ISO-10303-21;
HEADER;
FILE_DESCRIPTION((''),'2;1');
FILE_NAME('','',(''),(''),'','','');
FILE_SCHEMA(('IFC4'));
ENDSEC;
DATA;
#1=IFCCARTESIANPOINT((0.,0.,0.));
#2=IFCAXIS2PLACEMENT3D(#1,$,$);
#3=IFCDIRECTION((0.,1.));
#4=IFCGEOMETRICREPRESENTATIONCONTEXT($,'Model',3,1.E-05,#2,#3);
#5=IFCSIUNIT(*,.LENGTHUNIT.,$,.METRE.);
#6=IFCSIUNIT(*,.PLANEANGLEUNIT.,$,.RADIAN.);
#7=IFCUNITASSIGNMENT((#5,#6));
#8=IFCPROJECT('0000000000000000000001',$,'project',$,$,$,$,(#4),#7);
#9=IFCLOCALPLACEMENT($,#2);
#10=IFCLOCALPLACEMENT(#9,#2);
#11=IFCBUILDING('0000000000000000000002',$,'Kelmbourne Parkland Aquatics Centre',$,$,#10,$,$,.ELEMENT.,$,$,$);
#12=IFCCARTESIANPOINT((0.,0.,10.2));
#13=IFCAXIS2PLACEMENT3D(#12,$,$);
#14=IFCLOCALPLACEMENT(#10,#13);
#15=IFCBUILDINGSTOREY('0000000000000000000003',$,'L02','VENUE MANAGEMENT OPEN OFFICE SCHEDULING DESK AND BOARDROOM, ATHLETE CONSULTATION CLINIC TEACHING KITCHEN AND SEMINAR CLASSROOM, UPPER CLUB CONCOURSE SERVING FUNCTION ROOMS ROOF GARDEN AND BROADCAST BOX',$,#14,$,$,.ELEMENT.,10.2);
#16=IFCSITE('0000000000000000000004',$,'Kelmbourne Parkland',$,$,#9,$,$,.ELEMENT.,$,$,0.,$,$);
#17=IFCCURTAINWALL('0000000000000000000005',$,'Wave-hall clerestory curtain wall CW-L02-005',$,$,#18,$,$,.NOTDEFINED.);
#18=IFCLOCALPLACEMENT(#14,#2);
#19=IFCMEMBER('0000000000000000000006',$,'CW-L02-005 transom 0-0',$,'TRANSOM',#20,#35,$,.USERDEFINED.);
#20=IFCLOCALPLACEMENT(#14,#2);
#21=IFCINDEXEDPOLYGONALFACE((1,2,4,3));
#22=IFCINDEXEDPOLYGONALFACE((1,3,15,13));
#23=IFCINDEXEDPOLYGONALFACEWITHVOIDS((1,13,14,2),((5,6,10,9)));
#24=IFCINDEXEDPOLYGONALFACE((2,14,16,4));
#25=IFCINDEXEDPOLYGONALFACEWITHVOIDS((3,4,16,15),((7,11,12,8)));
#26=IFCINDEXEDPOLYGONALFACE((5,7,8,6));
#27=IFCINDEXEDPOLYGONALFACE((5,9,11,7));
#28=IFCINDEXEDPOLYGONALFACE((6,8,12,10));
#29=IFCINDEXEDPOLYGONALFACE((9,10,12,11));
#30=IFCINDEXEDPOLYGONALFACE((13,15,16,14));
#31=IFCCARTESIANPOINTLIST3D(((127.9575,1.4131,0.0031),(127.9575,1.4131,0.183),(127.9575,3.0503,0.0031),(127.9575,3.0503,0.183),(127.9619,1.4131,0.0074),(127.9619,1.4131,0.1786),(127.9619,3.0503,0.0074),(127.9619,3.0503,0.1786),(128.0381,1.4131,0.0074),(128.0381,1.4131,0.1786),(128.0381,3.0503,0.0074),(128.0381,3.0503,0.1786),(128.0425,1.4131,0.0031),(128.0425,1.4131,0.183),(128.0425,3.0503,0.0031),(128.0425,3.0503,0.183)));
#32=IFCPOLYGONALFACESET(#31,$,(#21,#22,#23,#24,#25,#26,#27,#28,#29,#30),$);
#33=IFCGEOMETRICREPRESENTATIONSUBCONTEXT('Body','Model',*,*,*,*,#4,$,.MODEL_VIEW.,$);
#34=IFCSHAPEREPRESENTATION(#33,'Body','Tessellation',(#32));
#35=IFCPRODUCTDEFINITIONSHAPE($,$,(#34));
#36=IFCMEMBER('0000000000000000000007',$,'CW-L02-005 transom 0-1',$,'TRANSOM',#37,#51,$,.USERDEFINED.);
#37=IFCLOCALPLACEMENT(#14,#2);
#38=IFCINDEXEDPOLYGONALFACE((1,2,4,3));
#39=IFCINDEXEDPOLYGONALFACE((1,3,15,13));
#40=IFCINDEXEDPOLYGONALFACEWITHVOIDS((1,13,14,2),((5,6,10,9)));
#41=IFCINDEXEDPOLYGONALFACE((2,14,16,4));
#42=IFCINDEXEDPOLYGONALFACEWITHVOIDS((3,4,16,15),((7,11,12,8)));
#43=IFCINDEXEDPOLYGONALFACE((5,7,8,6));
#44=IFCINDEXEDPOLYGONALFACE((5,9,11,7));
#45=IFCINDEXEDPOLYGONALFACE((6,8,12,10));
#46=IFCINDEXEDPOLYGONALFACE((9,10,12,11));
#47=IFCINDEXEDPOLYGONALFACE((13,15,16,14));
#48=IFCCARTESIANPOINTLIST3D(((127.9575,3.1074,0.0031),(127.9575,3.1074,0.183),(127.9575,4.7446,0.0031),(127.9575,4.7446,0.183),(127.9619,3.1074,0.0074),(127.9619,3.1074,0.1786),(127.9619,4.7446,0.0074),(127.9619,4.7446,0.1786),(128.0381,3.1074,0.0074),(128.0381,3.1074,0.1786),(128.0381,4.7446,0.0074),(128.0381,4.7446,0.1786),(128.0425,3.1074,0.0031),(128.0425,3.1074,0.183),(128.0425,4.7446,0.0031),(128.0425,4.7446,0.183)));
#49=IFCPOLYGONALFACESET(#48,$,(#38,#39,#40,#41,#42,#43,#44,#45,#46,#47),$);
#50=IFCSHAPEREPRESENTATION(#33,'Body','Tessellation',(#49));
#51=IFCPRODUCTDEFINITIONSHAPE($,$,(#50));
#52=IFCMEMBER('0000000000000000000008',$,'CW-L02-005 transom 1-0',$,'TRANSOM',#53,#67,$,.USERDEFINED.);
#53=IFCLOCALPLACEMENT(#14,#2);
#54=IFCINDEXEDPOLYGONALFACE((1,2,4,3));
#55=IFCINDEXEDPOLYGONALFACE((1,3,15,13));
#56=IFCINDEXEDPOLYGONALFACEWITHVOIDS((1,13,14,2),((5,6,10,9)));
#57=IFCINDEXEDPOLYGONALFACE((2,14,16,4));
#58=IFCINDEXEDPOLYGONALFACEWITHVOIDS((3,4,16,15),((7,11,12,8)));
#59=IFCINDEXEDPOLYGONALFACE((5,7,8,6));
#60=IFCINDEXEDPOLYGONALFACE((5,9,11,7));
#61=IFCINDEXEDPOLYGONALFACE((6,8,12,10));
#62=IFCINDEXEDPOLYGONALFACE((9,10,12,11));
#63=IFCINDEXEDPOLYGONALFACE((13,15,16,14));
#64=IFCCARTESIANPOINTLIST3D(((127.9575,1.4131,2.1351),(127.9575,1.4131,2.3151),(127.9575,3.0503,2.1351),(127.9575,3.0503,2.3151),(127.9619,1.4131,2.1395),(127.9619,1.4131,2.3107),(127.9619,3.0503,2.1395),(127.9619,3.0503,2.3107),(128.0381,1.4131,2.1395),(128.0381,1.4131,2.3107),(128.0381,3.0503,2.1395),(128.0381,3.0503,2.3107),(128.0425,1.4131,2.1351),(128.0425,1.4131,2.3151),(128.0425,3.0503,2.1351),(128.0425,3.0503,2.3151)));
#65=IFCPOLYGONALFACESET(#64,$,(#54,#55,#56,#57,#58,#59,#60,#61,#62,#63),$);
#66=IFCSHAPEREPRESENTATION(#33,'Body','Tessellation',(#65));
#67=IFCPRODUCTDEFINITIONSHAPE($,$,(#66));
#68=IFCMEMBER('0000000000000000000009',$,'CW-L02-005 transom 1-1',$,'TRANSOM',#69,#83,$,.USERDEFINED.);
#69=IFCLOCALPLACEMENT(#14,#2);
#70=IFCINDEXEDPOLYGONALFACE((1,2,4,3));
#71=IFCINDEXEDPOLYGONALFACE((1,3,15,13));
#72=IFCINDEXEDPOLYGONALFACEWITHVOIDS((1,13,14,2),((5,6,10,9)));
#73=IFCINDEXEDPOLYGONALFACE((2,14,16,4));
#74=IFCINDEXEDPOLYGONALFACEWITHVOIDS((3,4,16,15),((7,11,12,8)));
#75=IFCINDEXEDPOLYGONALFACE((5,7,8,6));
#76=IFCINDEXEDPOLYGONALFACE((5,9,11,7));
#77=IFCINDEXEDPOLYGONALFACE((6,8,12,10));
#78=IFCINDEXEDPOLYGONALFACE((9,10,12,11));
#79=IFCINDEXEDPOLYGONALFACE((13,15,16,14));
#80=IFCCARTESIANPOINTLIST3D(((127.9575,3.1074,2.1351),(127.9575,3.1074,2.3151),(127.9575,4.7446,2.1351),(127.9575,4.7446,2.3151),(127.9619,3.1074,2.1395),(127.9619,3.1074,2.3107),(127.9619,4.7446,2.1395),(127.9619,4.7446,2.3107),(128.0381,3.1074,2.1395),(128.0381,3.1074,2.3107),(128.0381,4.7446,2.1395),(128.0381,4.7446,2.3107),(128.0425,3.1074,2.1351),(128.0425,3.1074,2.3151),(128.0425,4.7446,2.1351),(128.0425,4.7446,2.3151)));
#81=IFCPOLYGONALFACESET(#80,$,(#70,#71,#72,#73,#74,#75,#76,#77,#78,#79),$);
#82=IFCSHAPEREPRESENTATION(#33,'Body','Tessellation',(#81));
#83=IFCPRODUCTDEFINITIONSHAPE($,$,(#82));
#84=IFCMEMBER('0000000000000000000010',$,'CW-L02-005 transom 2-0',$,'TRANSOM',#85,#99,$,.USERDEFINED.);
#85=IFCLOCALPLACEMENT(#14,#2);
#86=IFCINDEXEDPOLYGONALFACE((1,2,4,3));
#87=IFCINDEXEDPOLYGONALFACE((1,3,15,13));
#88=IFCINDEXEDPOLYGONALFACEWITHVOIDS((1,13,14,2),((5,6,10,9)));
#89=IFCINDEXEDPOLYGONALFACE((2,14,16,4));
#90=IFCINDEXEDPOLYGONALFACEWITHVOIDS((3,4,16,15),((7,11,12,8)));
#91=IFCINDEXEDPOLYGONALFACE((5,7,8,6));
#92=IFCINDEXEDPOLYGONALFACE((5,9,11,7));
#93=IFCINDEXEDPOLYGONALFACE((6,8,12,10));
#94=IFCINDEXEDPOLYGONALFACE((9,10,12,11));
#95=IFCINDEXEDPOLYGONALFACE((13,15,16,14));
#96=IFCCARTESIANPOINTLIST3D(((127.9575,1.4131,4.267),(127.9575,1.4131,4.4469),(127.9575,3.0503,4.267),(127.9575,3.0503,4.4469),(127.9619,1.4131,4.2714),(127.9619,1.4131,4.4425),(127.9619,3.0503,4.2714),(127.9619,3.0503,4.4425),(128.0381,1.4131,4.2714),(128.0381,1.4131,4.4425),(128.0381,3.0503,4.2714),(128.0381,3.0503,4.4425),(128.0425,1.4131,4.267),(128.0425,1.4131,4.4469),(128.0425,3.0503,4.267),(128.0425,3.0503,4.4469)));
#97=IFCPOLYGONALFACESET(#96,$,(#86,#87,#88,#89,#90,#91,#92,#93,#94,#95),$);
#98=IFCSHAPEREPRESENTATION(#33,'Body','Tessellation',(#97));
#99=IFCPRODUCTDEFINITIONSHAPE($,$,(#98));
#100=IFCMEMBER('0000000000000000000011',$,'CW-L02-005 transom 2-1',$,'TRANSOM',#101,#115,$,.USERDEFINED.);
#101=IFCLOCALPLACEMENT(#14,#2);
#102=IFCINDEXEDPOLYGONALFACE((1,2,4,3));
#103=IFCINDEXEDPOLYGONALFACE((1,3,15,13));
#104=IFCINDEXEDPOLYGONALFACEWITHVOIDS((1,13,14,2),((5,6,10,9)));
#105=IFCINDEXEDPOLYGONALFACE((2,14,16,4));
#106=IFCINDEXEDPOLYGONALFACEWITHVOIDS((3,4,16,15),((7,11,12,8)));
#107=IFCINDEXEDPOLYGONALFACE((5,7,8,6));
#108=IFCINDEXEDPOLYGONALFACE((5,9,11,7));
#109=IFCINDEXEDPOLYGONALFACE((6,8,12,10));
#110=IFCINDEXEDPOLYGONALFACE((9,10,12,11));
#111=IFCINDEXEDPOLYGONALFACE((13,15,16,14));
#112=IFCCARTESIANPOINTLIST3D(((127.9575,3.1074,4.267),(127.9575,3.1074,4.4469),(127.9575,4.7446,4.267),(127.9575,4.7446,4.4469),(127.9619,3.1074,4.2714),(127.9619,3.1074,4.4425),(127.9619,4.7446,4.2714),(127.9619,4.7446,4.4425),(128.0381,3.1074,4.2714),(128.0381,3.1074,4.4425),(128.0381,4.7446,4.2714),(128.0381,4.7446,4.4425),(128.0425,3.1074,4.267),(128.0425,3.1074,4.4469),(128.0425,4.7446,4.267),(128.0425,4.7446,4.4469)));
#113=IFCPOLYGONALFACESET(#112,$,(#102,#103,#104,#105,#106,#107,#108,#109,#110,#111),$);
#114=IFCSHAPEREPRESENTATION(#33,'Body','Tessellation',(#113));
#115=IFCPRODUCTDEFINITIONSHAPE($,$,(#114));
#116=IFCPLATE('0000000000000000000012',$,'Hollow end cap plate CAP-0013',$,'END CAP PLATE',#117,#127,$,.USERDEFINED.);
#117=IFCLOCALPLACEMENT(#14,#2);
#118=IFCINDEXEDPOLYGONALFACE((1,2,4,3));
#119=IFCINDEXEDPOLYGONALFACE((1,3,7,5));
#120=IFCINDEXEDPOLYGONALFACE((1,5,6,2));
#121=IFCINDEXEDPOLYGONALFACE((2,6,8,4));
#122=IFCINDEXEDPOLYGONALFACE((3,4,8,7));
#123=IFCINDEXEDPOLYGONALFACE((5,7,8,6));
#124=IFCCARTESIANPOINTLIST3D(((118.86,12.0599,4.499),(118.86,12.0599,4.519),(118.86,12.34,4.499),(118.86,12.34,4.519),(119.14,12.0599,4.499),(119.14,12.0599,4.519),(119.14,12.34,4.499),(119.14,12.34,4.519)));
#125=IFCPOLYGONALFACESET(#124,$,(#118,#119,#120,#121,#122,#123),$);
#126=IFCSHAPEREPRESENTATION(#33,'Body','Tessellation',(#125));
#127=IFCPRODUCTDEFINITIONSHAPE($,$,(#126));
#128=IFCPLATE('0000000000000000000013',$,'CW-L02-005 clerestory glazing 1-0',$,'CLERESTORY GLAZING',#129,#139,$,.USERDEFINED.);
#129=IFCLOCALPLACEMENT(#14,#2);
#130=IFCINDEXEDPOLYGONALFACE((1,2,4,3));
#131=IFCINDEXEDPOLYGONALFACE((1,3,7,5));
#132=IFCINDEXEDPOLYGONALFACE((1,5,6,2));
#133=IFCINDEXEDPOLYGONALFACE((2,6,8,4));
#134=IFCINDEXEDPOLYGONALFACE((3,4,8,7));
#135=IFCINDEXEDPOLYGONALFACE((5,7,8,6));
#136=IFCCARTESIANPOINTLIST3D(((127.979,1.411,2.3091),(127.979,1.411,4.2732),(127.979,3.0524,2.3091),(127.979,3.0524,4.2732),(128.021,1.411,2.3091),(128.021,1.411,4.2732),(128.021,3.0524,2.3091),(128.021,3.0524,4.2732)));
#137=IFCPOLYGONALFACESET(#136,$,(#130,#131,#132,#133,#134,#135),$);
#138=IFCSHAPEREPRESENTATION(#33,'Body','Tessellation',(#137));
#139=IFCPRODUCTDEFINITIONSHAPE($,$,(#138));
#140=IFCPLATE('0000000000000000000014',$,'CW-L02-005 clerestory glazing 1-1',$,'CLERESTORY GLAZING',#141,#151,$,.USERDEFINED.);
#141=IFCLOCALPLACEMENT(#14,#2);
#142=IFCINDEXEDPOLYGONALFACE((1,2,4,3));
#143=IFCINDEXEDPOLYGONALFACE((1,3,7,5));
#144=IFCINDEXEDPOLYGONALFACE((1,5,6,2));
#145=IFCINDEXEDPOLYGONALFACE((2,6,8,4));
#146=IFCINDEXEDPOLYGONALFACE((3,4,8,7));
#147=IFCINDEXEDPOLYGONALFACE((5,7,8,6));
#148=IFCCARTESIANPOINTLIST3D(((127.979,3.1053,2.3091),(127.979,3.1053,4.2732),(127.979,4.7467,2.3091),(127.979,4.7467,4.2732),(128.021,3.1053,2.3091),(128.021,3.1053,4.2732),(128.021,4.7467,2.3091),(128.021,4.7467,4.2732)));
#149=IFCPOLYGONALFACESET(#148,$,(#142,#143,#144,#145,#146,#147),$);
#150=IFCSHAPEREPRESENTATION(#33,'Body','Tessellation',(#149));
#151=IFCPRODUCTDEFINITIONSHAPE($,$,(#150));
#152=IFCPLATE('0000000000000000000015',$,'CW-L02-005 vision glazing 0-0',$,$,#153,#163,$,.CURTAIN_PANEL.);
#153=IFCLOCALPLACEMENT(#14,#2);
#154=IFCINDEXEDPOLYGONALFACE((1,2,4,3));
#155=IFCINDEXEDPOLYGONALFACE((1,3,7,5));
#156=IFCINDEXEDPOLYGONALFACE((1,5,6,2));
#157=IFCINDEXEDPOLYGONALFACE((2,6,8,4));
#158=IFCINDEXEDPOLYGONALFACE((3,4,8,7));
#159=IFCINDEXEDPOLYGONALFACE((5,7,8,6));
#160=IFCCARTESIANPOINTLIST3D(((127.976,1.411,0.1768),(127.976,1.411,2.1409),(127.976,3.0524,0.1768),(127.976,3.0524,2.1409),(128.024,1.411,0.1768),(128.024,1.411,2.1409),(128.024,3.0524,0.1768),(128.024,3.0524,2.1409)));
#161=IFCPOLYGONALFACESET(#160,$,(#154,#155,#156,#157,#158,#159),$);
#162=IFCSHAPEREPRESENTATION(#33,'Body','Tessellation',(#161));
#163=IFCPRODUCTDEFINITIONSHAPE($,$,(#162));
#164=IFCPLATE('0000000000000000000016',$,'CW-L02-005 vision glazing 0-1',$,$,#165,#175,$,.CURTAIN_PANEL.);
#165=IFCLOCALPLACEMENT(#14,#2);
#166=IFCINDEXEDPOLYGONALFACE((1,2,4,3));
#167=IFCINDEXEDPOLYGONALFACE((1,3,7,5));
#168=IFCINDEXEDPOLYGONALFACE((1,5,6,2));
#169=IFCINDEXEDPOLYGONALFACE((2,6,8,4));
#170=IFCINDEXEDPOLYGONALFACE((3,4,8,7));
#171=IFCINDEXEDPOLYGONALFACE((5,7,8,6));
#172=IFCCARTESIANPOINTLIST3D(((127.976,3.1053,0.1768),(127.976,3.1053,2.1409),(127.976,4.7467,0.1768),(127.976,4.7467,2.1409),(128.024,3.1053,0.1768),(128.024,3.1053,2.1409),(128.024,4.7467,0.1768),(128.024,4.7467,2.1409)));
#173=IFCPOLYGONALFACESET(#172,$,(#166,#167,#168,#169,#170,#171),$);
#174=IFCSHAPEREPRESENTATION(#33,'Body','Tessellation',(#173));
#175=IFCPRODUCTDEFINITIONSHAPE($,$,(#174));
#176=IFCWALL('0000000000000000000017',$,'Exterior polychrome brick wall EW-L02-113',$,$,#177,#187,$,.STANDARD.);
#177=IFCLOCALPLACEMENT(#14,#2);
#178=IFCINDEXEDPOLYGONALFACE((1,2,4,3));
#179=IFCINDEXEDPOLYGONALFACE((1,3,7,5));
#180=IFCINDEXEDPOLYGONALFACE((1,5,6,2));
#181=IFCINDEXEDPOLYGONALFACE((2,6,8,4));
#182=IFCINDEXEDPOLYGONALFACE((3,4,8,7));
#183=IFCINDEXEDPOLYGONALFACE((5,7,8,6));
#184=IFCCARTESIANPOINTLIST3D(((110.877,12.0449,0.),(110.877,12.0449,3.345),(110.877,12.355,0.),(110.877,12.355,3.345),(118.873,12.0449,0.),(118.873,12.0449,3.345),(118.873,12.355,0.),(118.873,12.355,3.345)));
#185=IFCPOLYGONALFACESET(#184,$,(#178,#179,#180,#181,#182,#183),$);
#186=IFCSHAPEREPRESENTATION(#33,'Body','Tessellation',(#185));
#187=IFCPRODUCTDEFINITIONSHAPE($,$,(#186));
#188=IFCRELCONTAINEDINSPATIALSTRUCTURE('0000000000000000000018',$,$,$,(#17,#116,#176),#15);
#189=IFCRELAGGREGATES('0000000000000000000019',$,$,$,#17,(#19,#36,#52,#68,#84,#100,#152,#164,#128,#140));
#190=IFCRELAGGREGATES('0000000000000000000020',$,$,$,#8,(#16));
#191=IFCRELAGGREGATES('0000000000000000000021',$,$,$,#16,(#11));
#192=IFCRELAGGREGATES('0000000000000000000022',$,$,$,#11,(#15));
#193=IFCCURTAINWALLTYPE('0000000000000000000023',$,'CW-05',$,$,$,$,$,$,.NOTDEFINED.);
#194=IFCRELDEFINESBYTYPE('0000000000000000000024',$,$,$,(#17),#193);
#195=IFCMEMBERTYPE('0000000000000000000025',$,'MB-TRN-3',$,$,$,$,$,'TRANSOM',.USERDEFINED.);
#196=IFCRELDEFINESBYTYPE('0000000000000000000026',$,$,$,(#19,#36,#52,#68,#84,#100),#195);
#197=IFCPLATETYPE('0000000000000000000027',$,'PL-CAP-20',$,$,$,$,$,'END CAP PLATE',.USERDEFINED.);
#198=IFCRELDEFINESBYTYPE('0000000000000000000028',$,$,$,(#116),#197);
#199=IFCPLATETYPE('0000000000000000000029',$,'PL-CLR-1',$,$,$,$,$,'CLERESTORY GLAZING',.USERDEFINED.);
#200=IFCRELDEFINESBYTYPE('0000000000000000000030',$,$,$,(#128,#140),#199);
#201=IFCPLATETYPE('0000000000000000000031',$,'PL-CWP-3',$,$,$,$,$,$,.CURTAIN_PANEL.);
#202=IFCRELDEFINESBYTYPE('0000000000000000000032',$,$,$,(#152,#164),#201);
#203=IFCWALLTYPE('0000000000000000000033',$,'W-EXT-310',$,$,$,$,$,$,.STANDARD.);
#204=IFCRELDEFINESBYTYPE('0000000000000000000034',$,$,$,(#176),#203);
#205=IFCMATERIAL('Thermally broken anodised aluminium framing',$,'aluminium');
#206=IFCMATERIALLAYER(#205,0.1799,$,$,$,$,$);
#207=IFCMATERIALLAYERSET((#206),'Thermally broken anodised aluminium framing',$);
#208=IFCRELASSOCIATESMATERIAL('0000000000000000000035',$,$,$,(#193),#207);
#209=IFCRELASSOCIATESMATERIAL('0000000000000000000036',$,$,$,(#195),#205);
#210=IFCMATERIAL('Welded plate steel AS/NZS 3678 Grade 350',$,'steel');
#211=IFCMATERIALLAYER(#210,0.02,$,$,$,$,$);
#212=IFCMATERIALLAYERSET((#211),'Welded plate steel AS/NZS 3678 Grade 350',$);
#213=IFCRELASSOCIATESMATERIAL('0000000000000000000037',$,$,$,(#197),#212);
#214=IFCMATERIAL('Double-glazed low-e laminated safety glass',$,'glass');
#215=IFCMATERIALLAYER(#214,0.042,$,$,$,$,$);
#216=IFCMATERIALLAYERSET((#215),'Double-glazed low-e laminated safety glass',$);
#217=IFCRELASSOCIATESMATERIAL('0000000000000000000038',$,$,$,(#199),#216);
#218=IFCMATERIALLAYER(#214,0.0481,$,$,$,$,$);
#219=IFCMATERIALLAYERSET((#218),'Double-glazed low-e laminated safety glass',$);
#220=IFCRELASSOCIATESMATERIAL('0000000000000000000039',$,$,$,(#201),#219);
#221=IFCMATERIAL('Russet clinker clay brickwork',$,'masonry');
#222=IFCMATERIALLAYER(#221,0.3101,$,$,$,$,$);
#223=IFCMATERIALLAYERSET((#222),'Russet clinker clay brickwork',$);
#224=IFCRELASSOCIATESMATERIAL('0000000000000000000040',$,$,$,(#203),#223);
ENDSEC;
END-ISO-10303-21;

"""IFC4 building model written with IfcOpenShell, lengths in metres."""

from ifc_helpers import new_model, si_unit, direction, frame, frame_2d, origin, origin_2d, place, context, subcontext, project, spatial, rectangle, hollow_rectangle, extrude, material, layer, layer_set, material_profile, profile_set, type_object, element, aggregate, save


model = new_model("IFC4")

# Units and contexts
model_context = context("Model", 3, precision=1e-05, world=origin(), true_north=direction((0.0, 1.0)))
body_context = subcontext(model_context, "Body", "Model", "MODEL_VIEW")
ifc_project = project(units=[si_unit("LENGTHUNIT", "METRE"), si_unit("PLANEANGLEUNIT", "RADIAN")], contexts=[model_context])

# Site, building, storey
site_placement = place(None, origin())
site = spatial("IfcSite", under=ifc_project, at=site_placement, Name="Kelmbourne Parkland", CompositionType="ELEMENT", RefElevation=0.0)
building_placement = place(site_placement, origin())
building = spatial("IfcBuilding", under=site, at=building_placement, Name="Kelmbourne Parkland Aquatics Centre", CompositionType="ELEMENT")
storey_placement = place(building_placement, frame((0.0, 0.0, 10.2)))
storey = spatial("IfcBuildingStorey", under=building, at=storey_placement, Name="L02", Description="VENUE MANAGEMENT OPEN OFFICE SCHEDULING DESK AND BOARDROOM, ATHLETE CONSULTATION CLINIC TEACHING KITCHEN AND SEMINAR CLASSROOM, UPPER CLUB CONCOURSE SERVING FUNCTION ROOMS ROOF GARDEN AND BROADCAST BOX", CompositionType="ELEMENT", Elevation=10.2)

# Curtain wall, members
ifc_material_1 = material(Name="Thermally broken anodised aluminium framing", Category="aluminium")
ifc_layer_1 = layer(ifc_material_1, 0.1799)
ifc_layer_set_1 = layer_set([ifc_layer_1], Name="Thermally broken anodised aluminium framing")
curtain_wall_type = type_object("IfcCurtainWallType", Name="CW-05", PredefinedType="NOTDEFINED", material=ifc_layer_set_1)
curtain_wall_placement = place(storey_placement, origin())
curtain_wall = element("IfcCurtainWall", 1, at=curtain_wall_placement, inside=storey, type_object=curtain_wall_type, Name="Wave-hall clerestory curtain wall CW-L02-005", PredefinedType="NOTDEFINED")
ifc_material_profile_1 = material_profile(ifc_material_1, hollow_rectangle(XDim=0.085, YDim=0.1799, WallThickness=0.0044, at=origin_2d()), Name="CW-T 85x180")
ifc_profile_set_1 = profile_set([ifc_material_profile_1], Name="Thermally broken anodised aluminium framing")
member_type_1 = type_object("IfcMemberType", Name="MB-TRN-3", ElementType="TRANSOM", PredefinedType="USERDEFINED", material=ifc_profile_set_1)
member_1_placement = place(storey_placement, frame((128.0, 1.4131, 0.093), z_axis=(0.0, 1.0, 0.0), x_axis=(-1.0, 0.0, 0.0)))
member_1 = element("IfcMember", 2, at=member_1_placement, type_object=member_type_1, Name="CW-L02-005 transom 0-0", ObjectType="TRANSOM", PredefinedType="USERDEFINED", context=body_context, shape_type="SweptSolid", body=[
    extrude(hollow_rectangle(XDim=0.085, YDim=0.1799, WallThickness=0.0044, at=origin_2d()), origin(), (0.0, 0.0, 1.0), 1.6372),
])
member_2_placement = place(storey_placement, frame((128.0, 3.1074, 0.093), z_axis=(0.0, 1.0, 0.0), x_axis=(-1.0, 0.0, 0.0)))
member_2 = element("IfcMember", 3, at=member_2_placement, type_object=member_type_1, Name="CW-L02-005 transom 0-1", ObjectType="TRANSOM", PredefinedType="USERDEFINED", context=body_context, shape_type="SweptSolid", body=[
    extrude(hollow_rectangle(XDim=0.085, YDim=0.1799, WallThickness=0.0044, at=origin_2d()), origin(), (0.0, 0.0, 1.0), 1.6372),
])
member_3_placement = place(storey_placement, frame((128.0, 1.4131, 2.2251), z_axis=(0.0, 1.0, 0.0), x_axis=(-1.0, 0.0, 0.0)))
member_3 = element("IfcMember", 4, at=member_3_placement, type_object=member_type_1, Name="CW-L02-005 transom 1-0", ObjectType="TRANSOM", PredefinedType="USERDEFINED", context=body_context, shape_type="SweptSolid", body=[
    extrude(hollow_rectangle(XDim=0.085, YDim=0.1799, WallThickness=0.0044, at=origin_2d()), origin(), (0.0, 0.0, 1.0), 1.6372),
])
member_4_placement = place(storey_placement, frame((128.0, 3.1074, 2.2251), z_axis=(0.0, 1.0, 0.0), x_axis=(-1.0, 0.0, 0.0)))
member_4 = element("IfcMember", 5, at=member_4_placement, type_object=member_type_1, Name="CW-L02-005 transom 1-1", ObjectType="TRANSOM", PredefinedType="USERDEFINED", context=body_context, shape_type="SweptSolid", body=[
    extrude(hollow_rectangle(XDim=0.085, YDim=0.1799, WallThickness=0.0044, at=origin_2d()), origin(), (0.0, 0.0, 1.0), 1.6372),
])
member_5_placement = place(storey_placement, frame((128.0, 1.4131, 4.3569), z_axis=(0.0, 1.0, 0.0), x_axis=(-1.0, 0.0, 0.0)))
member_5 = element("IfcMember", 6, at=member_5_placement, type_object=member_type_1, Name="CW-L02-005 transom 2-0", ObjectType="TRANSOM", PredefinedType="USERDEFINED", context=body_context, shape_type="SweptSolid", body=[
    extrude(hollow_rectangle(XDim=0.085, YDim=0.1799, WallThickness=0.0044, at=origin_2d()), origin(), (0.0, 0.0, 1.0), 1.6372),
])
member_6_placement = place(storey_placement, frame((128.0, 3.1074, 4.3569), z_axis=(0.0, 1.0, 0.0), x_axis=(-1.0, 0.0, 0.0)))
member_6 = element("IfcMember", 7, at=member_6_placement, type_object=member_type_1, Name="CW-L02-005 transom 2-1", ObjectType="TRANSOM", PredefinedType="USERDEFINED", context=body_context, shape_type="SweptSolid", body=[
    extrude(hollow_rectangle(XDim=0.085, YDim=0.1799, WallThickness=0.0044, at=origin_2d()), origin(), (0.0, 0.0, 1.0), 1.6372),
])

# Plates
ifc_material_2 = material(Name="Welded plate steel AS/NZS 3678 Grade 350", Category="steel")
ifc_layer_2 = layer(ifc_material_2, 0.02)
ifc_layer_set_2 = layer_set([ifc_layer_2], Name="Welded plate steel AS/NZS 3678 Grade 350")
plate_type_1 = type_object("IfcPlateType", Name="PL-CAP-20", ElementType="END CAP PLATE", PredefinedType="USERDEFINED", material=ifc_layer_set_2)
plate_1_placement = place(storey_placement, frame((119.0, 12.2, 4.499), z_axis=(0.0, 0.0, 1.0), x_axis=(1.0, 0.0, 0.0)))
element("IfcPlate", 8, at=plate_1_placement, inside=storey, type_object=plate_type_1, Name="Hollow end cap plate CAP-0013", ObjectType="END CAP PLATE", PredefinedType="USERDEFINED", context=body_context, shape_type="SweptSolid", body=[
    extrude(rectangle(XDim=0.28, YDim=0.28, at=origin_2d()), origin(), (0.0, 0.0, 1.0), 0.02),
])
ifc_material_3 = material(Name="Double-glazed low-e laminated safety glass", Category="glass")
ifc_layer_3 = layer(ifc_material_3, 0.042)
ifc_layer_set_3 = layer_set([ifc_layer_3], Name="Double-glazed low-e laminated safety glass")
plate_type_2 = type_object("IfcPlateType", Name="PL-CLR-1", ElementType="CLERESTORY GLAZING", PredefinedType="USERDEFINED", material=ifc_layer_set_3)
plate_2_placement = place(storey_placement, frame((128.0, 2.2317, 2.3091), z_axis=(0.0, 0.0, 1.0), x_axis=(0.0, 1.0, 0.0)))
plate_2 = element("IfcPlate", 9, at=plate_2_placement, type_object=plate_type_2, Name="CW-L02-005 clerestory glazing 1-0", ObjectType="CLERESTORY GLAZING", PredefinedType="USERDEFINED", context=body_context, shape_type="SweptSolid", body=[
    extrude(rectangle(XDim=1.6414, YDim=0.042, at=origin_2d()), origin(), (0.0, 0.0, 1.0), 1.9641),
])
plate_3_placement = place(storey_placement, frame((128.0, 3.926, 2.3091), z_axis=(0.0, 0.0, 1.0), x_axis=(0.0, 1.0, 0.0)))
plate_3 = element("IfcPlate", 10, at=plate_3_placement, type_object=plate_type_2, Name="CW-L02-005 clerestory glazing 1-1", ObjectType="CLERESTORY GLAZING", PredefinedType="USERDEFINED", context=body_context, shape_type="SweptSolid", body=[
    extrude(rectangle(XDim=1.6414, YDim=0.042, at=origin_2d()), origin(), (0.0, 0.0, 1.0), 1.9641),
])
ifc_layer_4 = layer(ifc_material_3, 0.0481)
ifc_layer_set_4 = layer_set([ifc_layer_4], Name="Double-glazed low-e laminated safety glass")
plate_type_3 = type_object("IfcPlateType", Name="PL-CWP-3", PredefinedType="CURTAIN_PANEL", material=ifc_layer_set_4)
plate_4_placement = place(storey_placement, frame((128.0, 2.2317, 0.1768), z_axis=(0.0, 0.0, 1.0), x_axis=(0.0, 1.0, 0.0)))
plate_4 = element("IfcPlate", 11, at=plate_4_placement, type_object=plate_type_3, Name="CW-L02-005 vision glazing 0-0", PredefinedType="CURTAIN_PANEL", context=body_context, shape_type="SweptSolid", body=[
    extrude(rectangle(XDim=1.6414, YDim=0.0481, at=origin_2d()), origin(), (0.0, 0.0, 1.0), 1.9641),
])
plate_5_placement = place(storey_placement, frame((128.0, 3.926, 0.1768), z_axis=(0.0, 0.0, 1.0), x_axis=(0.0, 1.0, 0.0)))
plate_5 = element("IfcPlate", 12, at=plate_5_placement, type_object=plate_type_3, Name="CW-L02-005 vision glazing 0-1", PredefinedType="CURTAIN_PANEL", context=body_context, shape_type="SweptSolid", body=[
    extrude(rectangle(XDim=1.6414, YDim=0.0481, at=origin_2d()), origin(), (0.0, 0.0, 1.0), 1.9641),
])
aggregate(curtain_wall, [member_1, member_2, member_3, member_4, member_5, member_6, plate_4, plate_5, plate_2, plate_3])

# Wall
ifc_material_4 = material(Name="Russet clinker clay brickwork", Category="masonry")
ifc_layer_5 = layer(ifc_material_4, 0.3101)
ifc_layer_set_5 = layer_set([ifc_layer_5], Name="Russet clinker clay brickwork")
wall_type_1 = type_object("IfcWallType", Name="W-EXT-310", PredefinedType="STANDARD", material=ifc_layer_set_5)
wall_1_placement = place(storey_placement, frame((110.877, 12.2, 0.0), z_axis=(0.0, 0.0, 1.0), x_axis=(1.0, 0.0, 0.0)))
element("IfcWall", 13, at=wall_1_placement, inside=storey, type_object=wall_type_1, Name="Exterior polychrome brick wall EW-L02-113", PredefinedType="STANDARD", context=body_context, shape_type="SweptSolid", body=[
    extrude(rectangle(XDim=7.9961, YDim=0.3101, at=frame_2d((3.998, 0.0))), origin(), (0.0, 0.0, 1.0), 3.345),
])

save(model, "model.ifc")
